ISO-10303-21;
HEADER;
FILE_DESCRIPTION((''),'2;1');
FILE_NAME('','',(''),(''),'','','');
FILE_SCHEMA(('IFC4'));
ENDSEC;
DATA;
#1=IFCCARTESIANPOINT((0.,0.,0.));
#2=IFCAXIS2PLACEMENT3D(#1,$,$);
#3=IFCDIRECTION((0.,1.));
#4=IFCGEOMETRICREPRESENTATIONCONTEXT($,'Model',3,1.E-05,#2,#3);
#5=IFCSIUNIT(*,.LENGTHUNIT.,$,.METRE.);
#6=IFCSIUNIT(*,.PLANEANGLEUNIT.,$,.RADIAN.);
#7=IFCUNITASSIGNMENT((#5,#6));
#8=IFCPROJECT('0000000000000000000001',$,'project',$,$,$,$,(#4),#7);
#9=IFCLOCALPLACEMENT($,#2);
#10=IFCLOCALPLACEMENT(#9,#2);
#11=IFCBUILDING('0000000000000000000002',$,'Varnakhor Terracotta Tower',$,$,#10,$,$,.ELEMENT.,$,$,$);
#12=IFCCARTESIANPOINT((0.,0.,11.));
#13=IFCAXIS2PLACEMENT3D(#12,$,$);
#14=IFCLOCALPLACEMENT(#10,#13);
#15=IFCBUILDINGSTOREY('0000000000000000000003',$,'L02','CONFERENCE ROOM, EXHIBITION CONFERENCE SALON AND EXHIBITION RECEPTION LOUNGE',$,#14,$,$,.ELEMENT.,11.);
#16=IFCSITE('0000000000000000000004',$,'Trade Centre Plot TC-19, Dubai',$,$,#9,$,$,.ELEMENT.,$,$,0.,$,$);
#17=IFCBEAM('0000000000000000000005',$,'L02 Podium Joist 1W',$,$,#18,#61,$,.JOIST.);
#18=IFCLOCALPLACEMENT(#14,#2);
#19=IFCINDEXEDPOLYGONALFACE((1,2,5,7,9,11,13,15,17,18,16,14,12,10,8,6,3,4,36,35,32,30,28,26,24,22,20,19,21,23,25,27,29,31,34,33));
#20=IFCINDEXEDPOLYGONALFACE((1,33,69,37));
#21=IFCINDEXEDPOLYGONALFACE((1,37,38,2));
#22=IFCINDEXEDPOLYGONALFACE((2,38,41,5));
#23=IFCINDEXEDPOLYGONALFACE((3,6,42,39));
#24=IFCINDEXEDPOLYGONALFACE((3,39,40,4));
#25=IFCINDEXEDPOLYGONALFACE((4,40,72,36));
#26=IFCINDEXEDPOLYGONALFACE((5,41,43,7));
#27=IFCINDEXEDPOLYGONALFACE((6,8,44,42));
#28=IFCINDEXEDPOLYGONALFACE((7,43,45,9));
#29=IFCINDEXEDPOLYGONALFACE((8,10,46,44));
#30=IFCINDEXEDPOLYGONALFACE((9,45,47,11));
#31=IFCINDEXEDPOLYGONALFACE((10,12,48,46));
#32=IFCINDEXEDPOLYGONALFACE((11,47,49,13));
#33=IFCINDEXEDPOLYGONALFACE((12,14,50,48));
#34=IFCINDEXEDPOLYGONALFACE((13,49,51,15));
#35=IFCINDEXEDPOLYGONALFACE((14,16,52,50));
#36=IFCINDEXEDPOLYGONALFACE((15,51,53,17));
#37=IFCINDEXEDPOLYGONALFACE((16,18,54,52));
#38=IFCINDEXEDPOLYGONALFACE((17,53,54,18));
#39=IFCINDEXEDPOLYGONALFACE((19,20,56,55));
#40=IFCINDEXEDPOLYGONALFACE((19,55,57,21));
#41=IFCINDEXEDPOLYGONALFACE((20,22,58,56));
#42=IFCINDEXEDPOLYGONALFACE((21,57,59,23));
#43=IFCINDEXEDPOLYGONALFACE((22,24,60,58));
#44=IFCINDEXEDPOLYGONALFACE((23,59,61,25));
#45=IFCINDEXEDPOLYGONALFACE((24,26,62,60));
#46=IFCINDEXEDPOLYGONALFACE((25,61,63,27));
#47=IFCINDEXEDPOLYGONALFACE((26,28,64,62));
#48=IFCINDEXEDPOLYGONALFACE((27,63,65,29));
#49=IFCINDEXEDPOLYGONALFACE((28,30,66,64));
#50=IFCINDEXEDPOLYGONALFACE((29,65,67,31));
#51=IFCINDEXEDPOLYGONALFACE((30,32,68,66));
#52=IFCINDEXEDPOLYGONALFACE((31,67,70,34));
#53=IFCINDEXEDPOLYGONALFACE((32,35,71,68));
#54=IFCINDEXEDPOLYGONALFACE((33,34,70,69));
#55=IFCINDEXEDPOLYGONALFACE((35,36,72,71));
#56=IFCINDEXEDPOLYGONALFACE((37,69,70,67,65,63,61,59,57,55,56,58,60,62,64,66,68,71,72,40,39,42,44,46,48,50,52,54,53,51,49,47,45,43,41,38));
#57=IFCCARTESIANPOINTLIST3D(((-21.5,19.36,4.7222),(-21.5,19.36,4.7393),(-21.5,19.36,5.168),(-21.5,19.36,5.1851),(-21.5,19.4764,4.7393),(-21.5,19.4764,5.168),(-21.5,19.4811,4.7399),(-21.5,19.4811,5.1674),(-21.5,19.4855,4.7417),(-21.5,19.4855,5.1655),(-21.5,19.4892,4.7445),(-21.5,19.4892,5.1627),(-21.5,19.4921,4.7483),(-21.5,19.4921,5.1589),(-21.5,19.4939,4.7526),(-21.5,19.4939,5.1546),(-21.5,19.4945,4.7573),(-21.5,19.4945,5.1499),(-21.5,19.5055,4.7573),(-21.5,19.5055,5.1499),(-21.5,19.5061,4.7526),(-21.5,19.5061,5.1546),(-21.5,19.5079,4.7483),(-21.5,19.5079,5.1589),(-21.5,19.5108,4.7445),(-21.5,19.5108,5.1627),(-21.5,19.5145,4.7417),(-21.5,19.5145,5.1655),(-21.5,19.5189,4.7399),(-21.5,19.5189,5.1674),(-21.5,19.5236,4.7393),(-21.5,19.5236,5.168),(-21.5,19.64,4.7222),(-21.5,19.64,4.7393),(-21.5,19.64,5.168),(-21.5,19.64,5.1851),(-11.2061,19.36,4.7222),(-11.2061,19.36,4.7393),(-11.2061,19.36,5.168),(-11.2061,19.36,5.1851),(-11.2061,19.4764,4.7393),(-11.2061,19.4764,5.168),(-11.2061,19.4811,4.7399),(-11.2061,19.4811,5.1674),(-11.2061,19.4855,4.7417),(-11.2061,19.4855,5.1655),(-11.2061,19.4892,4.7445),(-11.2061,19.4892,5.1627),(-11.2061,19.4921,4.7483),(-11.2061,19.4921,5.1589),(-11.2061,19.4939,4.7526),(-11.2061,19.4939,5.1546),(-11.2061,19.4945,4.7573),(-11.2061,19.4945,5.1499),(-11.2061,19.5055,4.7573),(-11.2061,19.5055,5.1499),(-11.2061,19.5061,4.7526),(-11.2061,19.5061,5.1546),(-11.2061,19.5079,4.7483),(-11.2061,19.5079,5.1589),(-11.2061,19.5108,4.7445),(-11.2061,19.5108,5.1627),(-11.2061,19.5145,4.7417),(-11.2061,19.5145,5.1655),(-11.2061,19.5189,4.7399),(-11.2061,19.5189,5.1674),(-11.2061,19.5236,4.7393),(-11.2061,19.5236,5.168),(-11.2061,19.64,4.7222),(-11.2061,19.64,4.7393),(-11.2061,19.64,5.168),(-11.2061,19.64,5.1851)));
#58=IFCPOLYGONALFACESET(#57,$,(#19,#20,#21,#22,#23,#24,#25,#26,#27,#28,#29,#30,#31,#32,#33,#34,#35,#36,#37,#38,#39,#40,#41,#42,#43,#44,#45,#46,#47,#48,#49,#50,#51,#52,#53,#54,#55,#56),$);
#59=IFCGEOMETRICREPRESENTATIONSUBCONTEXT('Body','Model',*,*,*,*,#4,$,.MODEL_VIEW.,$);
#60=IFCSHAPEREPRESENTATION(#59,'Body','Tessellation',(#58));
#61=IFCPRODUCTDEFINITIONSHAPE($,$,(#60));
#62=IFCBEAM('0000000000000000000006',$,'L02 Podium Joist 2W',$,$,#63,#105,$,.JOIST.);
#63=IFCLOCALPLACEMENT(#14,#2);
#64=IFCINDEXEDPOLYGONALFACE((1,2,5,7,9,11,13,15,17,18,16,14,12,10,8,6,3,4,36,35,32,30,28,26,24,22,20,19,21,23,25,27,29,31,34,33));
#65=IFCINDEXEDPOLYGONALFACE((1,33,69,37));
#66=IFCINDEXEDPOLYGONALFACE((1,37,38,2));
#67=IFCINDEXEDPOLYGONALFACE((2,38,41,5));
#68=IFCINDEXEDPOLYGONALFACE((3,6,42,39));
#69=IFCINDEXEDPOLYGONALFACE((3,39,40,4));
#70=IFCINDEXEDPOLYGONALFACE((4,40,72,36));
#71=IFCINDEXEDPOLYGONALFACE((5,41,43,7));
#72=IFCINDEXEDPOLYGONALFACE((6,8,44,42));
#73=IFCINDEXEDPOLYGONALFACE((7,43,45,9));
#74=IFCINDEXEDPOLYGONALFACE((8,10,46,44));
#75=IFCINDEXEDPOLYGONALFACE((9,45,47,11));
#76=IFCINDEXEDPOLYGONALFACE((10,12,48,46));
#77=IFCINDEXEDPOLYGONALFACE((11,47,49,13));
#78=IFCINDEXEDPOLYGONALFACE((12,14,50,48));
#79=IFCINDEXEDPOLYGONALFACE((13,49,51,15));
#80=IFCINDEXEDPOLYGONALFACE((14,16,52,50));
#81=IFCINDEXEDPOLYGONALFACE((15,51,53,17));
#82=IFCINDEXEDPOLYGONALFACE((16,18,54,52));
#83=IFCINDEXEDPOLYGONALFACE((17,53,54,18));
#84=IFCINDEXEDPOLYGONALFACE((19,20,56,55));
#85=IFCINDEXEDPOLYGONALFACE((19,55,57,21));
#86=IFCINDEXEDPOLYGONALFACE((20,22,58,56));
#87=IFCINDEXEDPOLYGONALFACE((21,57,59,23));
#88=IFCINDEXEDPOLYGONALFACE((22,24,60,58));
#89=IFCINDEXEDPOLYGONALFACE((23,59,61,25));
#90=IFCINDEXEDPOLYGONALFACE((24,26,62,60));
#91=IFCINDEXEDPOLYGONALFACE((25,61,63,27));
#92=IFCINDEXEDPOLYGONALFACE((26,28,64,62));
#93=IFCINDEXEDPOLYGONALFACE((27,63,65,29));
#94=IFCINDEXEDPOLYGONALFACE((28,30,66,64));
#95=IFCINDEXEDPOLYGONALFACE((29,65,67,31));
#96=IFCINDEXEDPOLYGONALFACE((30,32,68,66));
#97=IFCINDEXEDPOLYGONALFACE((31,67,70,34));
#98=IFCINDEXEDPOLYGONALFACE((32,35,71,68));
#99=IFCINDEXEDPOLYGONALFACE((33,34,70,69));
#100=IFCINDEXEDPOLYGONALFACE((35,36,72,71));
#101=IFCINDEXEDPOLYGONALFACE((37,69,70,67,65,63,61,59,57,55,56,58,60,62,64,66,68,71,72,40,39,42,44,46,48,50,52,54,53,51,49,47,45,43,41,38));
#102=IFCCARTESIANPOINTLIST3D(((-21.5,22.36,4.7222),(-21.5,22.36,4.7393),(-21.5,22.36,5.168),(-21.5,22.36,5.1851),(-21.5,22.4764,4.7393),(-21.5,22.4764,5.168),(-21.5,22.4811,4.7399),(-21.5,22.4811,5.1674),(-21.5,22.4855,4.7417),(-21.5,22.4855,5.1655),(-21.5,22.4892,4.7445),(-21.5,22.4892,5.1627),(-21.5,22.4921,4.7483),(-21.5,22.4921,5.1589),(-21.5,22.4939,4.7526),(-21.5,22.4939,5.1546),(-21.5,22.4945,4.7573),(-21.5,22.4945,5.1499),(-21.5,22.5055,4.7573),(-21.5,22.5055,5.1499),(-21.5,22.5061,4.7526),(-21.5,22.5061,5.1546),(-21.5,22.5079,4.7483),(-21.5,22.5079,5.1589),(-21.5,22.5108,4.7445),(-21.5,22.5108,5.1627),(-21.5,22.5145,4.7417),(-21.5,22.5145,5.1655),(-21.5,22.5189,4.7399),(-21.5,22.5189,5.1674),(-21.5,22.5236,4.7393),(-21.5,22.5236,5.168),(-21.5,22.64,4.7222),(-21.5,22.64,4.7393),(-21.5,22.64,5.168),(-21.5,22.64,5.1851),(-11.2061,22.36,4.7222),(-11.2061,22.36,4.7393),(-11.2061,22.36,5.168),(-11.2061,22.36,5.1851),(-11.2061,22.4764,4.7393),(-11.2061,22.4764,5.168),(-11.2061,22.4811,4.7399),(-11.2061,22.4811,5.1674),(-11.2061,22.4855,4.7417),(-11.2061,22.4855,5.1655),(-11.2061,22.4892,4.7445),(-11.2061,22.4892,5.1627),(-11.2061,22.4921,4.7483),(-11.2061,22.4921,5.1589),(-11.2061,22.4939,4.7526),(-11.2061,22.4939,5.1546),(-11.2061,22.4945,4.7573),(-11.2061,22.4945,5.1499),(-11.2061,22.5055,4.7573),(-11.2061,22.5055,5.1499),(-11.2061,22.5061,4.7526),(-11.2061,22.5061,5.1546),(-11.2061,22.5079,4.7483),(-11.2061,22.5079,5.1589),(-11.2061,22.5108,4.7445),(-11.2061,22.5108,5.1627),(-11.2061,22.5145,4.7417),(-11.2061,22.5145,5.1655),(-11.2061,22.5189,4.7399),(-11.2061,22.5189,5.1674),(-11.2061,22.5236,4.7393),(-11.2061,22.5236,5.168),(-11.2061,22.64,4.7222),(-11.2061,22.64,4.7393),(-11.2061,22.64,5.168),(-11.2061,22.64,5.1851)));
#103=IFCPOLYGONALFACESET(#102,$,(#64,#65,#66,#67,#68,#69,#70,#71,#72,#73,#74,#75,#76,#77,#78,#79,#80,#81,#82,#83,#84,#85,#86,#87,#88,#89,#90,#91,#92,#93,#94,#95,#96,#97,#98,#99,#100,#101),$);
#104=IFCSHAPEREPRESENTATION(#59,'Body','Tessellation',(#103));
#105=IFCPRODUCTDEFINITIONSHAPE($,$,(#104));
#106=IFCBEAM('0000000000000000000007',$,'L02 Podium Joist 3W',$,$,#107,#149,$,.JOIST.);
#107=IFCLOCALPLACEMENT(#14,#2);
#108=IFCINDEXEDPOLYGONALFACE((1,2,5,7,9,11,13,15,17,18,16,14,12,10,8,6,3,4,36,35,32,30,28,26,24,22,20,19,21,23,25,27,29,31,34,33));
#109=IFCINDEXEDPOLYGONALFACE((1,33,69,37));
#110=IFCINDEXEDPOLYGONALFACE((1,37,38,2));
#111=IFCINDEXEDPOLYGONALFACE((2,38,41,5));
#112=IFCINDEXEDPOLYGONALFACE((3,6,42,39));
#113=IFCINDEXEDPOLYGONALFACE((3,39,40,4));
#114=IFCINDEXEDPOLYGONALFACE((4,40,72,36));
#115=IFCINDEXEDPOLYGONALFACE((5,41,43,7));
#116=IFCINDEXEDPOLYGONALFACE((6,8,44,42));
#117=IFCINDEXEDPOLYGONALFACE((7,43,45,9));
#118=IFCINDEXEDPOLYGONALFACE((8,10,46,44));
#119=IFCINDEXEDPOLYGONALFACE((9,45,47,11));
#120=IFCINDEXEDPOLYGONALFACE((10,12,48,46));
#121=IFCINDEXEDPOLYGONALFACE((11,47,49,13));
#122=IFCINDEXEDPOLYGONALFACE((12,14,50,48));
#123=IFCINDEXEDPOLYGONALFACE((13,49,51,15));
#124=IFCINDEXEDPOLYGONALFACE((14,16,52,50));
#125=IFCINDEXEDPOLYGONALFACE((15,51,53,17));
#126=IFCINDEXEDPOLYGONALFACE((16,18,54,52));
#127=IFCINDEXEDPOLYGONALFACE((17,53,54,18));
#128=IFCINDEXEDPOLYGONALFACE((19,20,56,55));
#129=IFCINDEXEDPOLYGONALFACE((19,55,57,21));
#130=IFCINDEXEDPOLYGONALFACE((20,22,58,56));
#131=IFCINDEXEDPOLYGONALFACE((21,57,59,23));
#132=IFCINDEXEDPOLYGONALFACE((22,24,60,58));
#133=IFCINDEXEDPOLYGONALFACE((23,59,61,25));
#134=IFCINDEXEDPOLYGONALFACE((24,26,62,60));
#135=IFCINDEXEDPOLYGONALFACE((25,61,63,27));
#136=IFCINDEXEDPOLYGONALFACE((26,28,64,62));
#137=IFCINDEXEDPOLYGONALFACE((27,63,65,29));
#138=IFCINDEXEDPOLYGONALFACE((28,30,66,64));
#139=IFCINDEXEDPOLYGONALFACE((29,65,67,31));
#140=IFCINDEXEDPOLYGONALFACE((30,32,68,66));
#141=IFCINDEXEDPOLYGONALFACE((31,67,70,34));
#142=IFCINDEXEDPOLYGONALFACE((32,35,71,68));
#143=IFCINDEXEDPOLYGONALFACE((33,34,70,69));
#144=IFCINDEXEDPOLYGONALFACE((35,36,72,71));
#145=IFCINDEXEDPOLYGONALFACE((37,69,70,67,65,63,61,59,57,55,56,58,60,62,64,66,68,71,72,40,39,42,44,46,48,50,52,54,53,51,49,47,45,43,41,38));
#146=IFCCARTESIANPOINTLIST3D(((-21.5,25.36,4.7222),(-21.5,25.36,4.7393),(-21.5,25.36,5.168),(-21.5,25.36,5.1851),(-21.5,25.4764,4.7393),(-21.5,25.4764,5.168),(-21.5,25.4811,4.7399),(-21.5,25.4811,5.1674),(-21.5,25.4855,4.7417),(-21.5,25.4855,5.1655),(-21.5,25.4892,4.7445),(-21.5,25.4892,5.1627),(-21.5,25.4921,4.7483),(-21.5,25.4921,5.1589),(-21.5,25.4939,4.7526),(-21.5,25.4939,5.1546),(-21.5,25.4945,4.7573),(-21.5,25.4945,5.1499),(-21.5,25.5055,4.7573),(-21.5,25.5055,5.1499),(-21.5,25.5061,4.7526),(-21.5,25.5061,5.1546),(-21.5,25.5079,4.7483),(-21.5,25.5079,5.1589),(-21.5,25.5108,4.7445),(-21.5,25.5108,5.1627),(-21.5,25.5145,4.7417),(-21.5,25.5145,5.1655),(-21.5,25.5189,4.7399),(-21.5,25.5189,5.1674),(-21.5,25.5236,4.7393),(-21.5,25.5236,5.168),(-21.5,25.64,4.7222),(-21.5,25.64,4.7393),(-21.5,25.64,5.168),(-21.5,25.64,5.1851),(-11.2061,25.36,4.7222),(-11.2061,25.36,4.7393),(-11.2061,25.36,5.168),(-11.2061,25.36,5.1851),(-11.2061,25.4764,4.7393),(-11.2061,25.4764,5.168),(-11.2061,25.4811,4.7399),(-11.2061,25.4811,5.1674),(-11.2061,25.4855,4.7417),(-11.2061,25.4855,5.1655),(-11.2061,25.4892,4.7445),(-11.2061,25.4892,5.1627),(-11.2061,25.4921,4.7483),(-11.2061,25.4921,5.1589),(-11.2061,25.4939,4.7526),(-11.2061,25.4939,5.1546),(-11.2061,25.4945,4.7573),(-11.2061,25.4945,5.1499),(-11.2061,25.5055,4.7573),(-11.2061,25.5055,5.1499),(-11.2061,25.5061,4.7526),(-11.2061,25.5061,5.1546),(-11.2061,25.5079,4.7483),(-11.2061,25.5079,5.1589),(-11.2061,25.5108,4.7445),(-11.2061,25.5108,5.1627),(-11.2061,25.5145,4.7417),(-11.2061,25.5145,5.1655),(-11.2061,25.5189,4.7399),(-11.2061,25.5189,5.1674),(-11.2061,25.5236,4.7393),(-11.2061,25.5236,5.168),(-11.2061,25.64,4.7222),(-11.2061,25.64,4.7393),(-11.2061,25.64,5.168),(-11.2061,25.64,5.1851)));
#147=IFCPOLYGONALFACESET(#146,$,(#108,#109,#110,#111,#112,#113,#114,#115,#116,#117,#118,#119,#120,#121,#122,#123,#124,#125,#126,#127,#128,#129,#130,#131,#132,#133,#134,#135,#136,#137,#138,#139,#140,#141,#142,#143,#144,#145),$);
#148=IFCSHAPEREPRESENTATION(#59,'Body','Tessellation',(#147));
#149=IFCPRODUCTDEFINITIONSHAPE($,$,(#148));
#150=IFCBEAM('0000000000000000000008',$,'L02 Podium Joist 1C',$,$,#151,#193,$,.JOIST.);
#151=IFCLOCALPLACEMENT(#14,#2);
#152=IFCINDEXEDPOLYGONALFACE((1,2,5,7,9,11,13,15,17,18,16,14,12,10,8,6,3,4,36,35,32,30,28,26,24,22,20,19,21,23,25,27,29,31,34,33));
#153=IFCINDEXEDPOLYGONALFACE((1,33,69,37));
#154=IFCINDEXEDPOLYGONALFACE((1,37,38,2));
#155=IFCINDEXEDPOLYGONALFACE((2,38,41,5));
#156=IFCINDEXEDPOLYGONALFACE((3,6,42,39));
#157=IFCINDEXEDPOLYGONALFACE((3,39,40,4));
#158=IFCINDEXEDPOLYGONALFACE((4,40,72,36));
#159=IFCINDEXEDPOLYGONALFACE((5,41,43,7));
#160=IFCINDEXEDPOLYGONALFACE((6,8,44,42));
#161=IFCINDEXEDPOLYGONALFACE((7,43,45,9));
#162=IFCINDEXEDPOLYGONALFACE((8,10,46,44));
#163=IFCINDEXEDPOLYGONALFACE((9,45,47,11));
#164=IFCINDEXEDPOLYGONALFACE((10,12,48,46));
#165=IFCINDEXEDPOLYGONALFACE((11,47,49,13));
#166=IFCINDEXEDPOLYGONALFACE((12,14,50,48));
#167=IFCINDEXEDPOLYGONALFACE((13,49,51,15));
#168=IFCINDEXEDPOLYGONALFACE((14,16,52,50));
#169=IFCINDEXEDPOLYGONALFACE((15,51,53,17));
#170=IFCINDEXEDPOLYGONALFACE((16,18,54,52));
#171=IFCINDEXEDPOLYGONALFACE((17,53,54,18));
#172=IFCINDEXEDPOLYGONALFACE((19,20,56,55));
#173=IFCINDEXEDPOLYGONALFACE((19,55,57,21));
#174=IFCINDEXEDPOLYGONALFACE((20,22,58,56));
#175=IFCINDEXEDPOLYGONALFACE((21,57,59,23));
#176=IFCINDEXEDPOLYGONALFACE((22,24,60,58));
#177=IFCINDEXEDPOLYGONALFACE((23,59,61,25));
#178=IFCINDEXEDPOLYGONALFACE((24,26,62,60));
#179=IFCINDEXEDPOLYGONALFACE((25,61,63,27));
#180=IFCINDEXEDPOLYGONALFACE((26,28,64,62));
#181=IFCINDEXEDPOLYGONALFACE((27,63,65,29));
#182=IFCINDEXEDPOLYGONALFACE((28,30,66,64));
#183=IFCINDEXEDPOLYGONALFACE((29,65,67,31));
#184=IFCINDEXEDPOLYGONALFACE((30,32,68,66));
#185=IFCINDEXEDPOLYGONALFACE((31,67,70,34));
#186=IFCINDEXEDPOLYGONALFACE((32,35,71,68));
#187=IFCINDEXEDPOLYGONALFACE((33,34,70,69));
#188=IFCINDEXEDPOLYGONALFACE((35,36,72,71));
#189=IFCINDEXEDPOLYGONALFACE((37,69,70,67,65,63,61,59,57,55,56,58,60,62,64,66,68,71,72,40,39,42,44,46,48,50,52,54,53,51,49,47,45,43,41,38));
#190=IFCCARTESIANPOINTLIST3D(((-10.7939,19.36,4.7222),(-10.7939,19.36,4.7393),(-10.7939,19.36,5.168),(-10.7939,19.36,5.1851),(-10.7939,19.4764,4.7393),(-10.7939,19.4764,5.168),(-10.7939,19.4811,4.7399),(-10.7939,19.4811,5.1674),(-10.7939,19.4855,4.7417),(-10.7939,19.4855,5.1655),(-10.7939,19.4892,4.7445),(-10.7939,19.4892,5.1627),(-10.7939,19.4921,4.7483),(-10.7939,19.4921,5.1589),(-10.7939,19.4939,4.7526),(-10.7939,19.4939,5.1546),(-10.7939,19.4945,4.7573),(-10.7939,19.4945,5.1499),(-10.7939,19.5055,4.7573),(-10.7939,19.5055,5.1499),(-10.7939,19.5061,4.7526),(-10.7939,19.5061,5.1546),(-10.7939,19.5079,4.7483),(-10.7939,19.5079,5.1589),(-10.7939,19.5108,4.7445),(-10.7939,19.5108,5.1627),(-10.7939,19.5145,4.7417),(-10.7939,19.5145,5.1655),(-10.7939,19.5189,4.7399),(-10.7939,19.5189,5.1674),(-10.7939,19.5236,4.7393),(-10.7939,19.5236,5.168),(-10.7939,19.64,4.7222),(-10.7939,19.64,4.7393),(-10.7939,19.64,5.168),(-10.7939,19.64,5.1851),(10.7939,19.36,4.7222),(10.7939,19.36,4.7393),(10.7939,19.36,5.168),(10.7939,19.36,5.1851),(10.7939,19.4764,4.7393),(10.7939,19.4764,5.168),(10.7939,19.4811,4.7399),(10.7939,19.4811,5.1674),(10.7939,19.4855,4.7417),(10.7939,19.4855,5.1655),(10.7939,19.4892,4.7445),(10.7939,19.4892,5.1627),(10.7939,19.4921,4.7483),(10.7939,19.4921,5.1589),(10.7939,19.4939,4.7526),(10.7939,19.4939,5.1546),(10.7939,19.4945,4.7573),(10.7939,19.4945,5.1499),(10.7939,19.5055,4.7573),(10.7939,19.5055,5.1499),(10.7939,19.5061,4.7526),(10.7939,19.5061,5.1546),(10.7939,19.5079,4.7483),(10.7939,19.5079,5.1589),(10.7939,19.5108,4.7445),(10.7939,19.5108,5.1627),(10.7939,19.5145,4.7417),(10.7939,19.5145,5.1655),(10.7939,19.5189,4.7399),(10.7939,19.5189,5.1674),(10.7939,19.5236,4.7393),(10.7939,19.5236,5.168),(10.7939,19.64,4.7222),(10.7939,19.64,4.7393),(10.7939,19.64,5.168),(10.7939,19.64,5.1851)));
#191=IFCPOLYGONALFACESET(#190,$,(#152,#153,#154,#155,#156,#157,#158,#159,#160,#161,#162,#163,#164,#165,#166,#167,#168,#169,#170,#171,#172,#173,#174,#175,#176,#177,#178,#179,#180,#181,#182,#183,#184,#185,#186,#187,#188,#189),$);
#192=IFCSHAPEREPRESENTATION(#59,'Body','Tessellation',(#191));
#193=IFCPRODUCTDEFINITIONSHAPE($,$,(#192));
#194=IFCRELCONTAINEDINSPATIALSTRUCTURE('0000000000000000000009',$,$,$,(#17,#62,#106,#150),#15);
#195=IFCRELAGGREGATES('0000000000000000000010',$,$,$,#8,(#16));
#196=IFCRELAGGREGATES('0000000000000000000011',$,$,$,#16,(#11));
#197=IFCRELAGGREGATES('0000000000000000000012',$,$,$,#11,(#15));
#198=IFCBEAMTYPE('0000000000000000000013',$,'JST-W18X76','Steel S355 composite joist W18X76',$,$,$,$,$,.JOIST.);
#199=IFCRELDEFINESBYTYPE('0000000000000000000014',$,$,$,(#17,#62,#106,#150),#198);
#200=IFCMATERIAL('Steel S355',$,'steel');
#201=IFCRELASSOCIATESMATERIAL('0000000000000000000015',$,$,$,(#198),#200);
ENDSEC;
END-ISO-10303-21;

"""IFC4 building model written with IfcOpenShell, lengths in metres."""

from ifc_helpers import new_model, si_unit, direction, frame, origin, origin_2d, place, context, subcontext, project, spatial, i_section, extrude, source, transform, mapped, material, material_profile, profile_set, type_object, type_shapes, element, save


model = new_model("IFC4")

# Units and contexts
model_context = context("Model", 3, precision=1e-05, world=origin(), true_north=direction((0.0, 1.0)))
body_context = subcontext(model_context, "Body", "Model", "MODEL_VIEW")
ifc_project = project(units=[si_unit("LENGTHUNIT", "METRE"), si_unit("PLANEANGLEUNIT", "RADIAN")], contexts=[model_context])

# Site, building, storey
site_placement = place(None, origin())
site = spatial("IfcSite", under=ifc_project, at=site_placement, Name="Trade Centre Plot TC-19, Dubai", CompositionType="ELEMENT", RefElevation=0.0)
building_placement = place(site_placement, origin())
building = spatial("IfcBuilding", under=site, at=building_placement, Name="Varnakhor Terracotta Tower", CompositionType="ELEMENT")
storey_placement = place(building_placement, frame((0.0, 0.0, 11.0)))
storey = spatial("IfcBuildingStorey", under=building, at=storey_placement, Name="L02", Description="CONFERENCE ROOM, EXHIBITION CONFERENCE SALON AND EXHIBITION RECEPTION LOUNGE", CompositionType="ELEMENT", Elevation=11.0)

# Beams
ifc_material_1 = material(Name="Steel S355", Category="steel")
ifc_material_profile_1 = material_profile(ifc_material_1, i_section(OverallWidth=0.28, OverallDepth=0.4629, WebThickness=0.011, FlangeThickness=0.0171, FilletRadius=0.0181, at=origin_2d()), Name="W18X76")
ifc_profile_set_1 = profile_set([ifc_material_profile_1], Name="Steel S355")
beam_type_1 = type_object("IfcBeamType", Name="JST-W18X76", Description="Steel S355 composite joist W18X76", PredefinedType="JOIST", material=ifc_profile_set_1)
shared_shape_1 = source(origin(), body_context, "Body", "SweptSolid", [
    extrude(i_section(OverallWidth=0.28, OverallDepth=0.4629, WebThickness=0.011, FlangeThickness=0.0171, FilletRadius=0.0181, at=origin_2d()), origin(), (0.0, 0.0, 1.0), 10.2939),
])
type_shapes(beam_type_1, [shared_shape_1])
for number, where, z_axis, x_axis, name in (
    (1, (-21.5, 19.5, 4.9536), (1.0, 0.0, 0.0), (0.0, 1.0, 0.0), "L02 Podium Joist 1W"),
    (2, (-21.5, 22.5, 4.9536), (1.0, 0.0, 0.0), (0.0, 1.0, 0.0), "L02 Podium Joist 2W"),
    (3, (-21.5, 25.5, 4.9536), (1.0, 0.0, 0.0), (0.0, 1.0, 0.0), "L02 Podium Joist 3W"),
):
    element("IfcBeam", number, at=place(storey_placement, frame(where, z_axis=z_axis, x_axis=x_axis)), inside=storey, type_object=beam_type_1, Name=name, PredefinedType="JOIST", context=body_context, shape_type="MappedRepresentation", body=[
        mapped(shared_shape_1, transform((0.0, 0.0, 0.0), scale=1.0)),
    ])
shared_shape_2 = source(origin(), body_context, "Body", "SweptSolid", [
    extrude(i_section(OverallWidth=0.28, OverallDepth=0.4629, WebThickness=0.011, FlangeThickness=0.0171, FilletRadius=0.0181, at=origin_2d()), origin(), (0.0, 0.0, 1.0), 21.5879),
])
for number, where, z_axis, x_axis, name in (
    (4, (-10.7939, 19.5, 4.9536), (1.0, 0.0, 0.0), (0.0, 1.0, 0.0), "L02 Podium Joist 1C"),
):
    element("IfcBeam", number, at=place(storey_placement, frame(where, z_axis=z_axis, x_axis=x_axis)), inside=storey, type_object=beam_type_1, Name=name, PredefinedType="JOIST", context=body_context, shape_type="MappedRepresentation", body=[
        mapped(shared_shape_2, transform((0.0, 0.0, 0.0), scale=1.0)),
    ])

save(model, "model.ifc")
